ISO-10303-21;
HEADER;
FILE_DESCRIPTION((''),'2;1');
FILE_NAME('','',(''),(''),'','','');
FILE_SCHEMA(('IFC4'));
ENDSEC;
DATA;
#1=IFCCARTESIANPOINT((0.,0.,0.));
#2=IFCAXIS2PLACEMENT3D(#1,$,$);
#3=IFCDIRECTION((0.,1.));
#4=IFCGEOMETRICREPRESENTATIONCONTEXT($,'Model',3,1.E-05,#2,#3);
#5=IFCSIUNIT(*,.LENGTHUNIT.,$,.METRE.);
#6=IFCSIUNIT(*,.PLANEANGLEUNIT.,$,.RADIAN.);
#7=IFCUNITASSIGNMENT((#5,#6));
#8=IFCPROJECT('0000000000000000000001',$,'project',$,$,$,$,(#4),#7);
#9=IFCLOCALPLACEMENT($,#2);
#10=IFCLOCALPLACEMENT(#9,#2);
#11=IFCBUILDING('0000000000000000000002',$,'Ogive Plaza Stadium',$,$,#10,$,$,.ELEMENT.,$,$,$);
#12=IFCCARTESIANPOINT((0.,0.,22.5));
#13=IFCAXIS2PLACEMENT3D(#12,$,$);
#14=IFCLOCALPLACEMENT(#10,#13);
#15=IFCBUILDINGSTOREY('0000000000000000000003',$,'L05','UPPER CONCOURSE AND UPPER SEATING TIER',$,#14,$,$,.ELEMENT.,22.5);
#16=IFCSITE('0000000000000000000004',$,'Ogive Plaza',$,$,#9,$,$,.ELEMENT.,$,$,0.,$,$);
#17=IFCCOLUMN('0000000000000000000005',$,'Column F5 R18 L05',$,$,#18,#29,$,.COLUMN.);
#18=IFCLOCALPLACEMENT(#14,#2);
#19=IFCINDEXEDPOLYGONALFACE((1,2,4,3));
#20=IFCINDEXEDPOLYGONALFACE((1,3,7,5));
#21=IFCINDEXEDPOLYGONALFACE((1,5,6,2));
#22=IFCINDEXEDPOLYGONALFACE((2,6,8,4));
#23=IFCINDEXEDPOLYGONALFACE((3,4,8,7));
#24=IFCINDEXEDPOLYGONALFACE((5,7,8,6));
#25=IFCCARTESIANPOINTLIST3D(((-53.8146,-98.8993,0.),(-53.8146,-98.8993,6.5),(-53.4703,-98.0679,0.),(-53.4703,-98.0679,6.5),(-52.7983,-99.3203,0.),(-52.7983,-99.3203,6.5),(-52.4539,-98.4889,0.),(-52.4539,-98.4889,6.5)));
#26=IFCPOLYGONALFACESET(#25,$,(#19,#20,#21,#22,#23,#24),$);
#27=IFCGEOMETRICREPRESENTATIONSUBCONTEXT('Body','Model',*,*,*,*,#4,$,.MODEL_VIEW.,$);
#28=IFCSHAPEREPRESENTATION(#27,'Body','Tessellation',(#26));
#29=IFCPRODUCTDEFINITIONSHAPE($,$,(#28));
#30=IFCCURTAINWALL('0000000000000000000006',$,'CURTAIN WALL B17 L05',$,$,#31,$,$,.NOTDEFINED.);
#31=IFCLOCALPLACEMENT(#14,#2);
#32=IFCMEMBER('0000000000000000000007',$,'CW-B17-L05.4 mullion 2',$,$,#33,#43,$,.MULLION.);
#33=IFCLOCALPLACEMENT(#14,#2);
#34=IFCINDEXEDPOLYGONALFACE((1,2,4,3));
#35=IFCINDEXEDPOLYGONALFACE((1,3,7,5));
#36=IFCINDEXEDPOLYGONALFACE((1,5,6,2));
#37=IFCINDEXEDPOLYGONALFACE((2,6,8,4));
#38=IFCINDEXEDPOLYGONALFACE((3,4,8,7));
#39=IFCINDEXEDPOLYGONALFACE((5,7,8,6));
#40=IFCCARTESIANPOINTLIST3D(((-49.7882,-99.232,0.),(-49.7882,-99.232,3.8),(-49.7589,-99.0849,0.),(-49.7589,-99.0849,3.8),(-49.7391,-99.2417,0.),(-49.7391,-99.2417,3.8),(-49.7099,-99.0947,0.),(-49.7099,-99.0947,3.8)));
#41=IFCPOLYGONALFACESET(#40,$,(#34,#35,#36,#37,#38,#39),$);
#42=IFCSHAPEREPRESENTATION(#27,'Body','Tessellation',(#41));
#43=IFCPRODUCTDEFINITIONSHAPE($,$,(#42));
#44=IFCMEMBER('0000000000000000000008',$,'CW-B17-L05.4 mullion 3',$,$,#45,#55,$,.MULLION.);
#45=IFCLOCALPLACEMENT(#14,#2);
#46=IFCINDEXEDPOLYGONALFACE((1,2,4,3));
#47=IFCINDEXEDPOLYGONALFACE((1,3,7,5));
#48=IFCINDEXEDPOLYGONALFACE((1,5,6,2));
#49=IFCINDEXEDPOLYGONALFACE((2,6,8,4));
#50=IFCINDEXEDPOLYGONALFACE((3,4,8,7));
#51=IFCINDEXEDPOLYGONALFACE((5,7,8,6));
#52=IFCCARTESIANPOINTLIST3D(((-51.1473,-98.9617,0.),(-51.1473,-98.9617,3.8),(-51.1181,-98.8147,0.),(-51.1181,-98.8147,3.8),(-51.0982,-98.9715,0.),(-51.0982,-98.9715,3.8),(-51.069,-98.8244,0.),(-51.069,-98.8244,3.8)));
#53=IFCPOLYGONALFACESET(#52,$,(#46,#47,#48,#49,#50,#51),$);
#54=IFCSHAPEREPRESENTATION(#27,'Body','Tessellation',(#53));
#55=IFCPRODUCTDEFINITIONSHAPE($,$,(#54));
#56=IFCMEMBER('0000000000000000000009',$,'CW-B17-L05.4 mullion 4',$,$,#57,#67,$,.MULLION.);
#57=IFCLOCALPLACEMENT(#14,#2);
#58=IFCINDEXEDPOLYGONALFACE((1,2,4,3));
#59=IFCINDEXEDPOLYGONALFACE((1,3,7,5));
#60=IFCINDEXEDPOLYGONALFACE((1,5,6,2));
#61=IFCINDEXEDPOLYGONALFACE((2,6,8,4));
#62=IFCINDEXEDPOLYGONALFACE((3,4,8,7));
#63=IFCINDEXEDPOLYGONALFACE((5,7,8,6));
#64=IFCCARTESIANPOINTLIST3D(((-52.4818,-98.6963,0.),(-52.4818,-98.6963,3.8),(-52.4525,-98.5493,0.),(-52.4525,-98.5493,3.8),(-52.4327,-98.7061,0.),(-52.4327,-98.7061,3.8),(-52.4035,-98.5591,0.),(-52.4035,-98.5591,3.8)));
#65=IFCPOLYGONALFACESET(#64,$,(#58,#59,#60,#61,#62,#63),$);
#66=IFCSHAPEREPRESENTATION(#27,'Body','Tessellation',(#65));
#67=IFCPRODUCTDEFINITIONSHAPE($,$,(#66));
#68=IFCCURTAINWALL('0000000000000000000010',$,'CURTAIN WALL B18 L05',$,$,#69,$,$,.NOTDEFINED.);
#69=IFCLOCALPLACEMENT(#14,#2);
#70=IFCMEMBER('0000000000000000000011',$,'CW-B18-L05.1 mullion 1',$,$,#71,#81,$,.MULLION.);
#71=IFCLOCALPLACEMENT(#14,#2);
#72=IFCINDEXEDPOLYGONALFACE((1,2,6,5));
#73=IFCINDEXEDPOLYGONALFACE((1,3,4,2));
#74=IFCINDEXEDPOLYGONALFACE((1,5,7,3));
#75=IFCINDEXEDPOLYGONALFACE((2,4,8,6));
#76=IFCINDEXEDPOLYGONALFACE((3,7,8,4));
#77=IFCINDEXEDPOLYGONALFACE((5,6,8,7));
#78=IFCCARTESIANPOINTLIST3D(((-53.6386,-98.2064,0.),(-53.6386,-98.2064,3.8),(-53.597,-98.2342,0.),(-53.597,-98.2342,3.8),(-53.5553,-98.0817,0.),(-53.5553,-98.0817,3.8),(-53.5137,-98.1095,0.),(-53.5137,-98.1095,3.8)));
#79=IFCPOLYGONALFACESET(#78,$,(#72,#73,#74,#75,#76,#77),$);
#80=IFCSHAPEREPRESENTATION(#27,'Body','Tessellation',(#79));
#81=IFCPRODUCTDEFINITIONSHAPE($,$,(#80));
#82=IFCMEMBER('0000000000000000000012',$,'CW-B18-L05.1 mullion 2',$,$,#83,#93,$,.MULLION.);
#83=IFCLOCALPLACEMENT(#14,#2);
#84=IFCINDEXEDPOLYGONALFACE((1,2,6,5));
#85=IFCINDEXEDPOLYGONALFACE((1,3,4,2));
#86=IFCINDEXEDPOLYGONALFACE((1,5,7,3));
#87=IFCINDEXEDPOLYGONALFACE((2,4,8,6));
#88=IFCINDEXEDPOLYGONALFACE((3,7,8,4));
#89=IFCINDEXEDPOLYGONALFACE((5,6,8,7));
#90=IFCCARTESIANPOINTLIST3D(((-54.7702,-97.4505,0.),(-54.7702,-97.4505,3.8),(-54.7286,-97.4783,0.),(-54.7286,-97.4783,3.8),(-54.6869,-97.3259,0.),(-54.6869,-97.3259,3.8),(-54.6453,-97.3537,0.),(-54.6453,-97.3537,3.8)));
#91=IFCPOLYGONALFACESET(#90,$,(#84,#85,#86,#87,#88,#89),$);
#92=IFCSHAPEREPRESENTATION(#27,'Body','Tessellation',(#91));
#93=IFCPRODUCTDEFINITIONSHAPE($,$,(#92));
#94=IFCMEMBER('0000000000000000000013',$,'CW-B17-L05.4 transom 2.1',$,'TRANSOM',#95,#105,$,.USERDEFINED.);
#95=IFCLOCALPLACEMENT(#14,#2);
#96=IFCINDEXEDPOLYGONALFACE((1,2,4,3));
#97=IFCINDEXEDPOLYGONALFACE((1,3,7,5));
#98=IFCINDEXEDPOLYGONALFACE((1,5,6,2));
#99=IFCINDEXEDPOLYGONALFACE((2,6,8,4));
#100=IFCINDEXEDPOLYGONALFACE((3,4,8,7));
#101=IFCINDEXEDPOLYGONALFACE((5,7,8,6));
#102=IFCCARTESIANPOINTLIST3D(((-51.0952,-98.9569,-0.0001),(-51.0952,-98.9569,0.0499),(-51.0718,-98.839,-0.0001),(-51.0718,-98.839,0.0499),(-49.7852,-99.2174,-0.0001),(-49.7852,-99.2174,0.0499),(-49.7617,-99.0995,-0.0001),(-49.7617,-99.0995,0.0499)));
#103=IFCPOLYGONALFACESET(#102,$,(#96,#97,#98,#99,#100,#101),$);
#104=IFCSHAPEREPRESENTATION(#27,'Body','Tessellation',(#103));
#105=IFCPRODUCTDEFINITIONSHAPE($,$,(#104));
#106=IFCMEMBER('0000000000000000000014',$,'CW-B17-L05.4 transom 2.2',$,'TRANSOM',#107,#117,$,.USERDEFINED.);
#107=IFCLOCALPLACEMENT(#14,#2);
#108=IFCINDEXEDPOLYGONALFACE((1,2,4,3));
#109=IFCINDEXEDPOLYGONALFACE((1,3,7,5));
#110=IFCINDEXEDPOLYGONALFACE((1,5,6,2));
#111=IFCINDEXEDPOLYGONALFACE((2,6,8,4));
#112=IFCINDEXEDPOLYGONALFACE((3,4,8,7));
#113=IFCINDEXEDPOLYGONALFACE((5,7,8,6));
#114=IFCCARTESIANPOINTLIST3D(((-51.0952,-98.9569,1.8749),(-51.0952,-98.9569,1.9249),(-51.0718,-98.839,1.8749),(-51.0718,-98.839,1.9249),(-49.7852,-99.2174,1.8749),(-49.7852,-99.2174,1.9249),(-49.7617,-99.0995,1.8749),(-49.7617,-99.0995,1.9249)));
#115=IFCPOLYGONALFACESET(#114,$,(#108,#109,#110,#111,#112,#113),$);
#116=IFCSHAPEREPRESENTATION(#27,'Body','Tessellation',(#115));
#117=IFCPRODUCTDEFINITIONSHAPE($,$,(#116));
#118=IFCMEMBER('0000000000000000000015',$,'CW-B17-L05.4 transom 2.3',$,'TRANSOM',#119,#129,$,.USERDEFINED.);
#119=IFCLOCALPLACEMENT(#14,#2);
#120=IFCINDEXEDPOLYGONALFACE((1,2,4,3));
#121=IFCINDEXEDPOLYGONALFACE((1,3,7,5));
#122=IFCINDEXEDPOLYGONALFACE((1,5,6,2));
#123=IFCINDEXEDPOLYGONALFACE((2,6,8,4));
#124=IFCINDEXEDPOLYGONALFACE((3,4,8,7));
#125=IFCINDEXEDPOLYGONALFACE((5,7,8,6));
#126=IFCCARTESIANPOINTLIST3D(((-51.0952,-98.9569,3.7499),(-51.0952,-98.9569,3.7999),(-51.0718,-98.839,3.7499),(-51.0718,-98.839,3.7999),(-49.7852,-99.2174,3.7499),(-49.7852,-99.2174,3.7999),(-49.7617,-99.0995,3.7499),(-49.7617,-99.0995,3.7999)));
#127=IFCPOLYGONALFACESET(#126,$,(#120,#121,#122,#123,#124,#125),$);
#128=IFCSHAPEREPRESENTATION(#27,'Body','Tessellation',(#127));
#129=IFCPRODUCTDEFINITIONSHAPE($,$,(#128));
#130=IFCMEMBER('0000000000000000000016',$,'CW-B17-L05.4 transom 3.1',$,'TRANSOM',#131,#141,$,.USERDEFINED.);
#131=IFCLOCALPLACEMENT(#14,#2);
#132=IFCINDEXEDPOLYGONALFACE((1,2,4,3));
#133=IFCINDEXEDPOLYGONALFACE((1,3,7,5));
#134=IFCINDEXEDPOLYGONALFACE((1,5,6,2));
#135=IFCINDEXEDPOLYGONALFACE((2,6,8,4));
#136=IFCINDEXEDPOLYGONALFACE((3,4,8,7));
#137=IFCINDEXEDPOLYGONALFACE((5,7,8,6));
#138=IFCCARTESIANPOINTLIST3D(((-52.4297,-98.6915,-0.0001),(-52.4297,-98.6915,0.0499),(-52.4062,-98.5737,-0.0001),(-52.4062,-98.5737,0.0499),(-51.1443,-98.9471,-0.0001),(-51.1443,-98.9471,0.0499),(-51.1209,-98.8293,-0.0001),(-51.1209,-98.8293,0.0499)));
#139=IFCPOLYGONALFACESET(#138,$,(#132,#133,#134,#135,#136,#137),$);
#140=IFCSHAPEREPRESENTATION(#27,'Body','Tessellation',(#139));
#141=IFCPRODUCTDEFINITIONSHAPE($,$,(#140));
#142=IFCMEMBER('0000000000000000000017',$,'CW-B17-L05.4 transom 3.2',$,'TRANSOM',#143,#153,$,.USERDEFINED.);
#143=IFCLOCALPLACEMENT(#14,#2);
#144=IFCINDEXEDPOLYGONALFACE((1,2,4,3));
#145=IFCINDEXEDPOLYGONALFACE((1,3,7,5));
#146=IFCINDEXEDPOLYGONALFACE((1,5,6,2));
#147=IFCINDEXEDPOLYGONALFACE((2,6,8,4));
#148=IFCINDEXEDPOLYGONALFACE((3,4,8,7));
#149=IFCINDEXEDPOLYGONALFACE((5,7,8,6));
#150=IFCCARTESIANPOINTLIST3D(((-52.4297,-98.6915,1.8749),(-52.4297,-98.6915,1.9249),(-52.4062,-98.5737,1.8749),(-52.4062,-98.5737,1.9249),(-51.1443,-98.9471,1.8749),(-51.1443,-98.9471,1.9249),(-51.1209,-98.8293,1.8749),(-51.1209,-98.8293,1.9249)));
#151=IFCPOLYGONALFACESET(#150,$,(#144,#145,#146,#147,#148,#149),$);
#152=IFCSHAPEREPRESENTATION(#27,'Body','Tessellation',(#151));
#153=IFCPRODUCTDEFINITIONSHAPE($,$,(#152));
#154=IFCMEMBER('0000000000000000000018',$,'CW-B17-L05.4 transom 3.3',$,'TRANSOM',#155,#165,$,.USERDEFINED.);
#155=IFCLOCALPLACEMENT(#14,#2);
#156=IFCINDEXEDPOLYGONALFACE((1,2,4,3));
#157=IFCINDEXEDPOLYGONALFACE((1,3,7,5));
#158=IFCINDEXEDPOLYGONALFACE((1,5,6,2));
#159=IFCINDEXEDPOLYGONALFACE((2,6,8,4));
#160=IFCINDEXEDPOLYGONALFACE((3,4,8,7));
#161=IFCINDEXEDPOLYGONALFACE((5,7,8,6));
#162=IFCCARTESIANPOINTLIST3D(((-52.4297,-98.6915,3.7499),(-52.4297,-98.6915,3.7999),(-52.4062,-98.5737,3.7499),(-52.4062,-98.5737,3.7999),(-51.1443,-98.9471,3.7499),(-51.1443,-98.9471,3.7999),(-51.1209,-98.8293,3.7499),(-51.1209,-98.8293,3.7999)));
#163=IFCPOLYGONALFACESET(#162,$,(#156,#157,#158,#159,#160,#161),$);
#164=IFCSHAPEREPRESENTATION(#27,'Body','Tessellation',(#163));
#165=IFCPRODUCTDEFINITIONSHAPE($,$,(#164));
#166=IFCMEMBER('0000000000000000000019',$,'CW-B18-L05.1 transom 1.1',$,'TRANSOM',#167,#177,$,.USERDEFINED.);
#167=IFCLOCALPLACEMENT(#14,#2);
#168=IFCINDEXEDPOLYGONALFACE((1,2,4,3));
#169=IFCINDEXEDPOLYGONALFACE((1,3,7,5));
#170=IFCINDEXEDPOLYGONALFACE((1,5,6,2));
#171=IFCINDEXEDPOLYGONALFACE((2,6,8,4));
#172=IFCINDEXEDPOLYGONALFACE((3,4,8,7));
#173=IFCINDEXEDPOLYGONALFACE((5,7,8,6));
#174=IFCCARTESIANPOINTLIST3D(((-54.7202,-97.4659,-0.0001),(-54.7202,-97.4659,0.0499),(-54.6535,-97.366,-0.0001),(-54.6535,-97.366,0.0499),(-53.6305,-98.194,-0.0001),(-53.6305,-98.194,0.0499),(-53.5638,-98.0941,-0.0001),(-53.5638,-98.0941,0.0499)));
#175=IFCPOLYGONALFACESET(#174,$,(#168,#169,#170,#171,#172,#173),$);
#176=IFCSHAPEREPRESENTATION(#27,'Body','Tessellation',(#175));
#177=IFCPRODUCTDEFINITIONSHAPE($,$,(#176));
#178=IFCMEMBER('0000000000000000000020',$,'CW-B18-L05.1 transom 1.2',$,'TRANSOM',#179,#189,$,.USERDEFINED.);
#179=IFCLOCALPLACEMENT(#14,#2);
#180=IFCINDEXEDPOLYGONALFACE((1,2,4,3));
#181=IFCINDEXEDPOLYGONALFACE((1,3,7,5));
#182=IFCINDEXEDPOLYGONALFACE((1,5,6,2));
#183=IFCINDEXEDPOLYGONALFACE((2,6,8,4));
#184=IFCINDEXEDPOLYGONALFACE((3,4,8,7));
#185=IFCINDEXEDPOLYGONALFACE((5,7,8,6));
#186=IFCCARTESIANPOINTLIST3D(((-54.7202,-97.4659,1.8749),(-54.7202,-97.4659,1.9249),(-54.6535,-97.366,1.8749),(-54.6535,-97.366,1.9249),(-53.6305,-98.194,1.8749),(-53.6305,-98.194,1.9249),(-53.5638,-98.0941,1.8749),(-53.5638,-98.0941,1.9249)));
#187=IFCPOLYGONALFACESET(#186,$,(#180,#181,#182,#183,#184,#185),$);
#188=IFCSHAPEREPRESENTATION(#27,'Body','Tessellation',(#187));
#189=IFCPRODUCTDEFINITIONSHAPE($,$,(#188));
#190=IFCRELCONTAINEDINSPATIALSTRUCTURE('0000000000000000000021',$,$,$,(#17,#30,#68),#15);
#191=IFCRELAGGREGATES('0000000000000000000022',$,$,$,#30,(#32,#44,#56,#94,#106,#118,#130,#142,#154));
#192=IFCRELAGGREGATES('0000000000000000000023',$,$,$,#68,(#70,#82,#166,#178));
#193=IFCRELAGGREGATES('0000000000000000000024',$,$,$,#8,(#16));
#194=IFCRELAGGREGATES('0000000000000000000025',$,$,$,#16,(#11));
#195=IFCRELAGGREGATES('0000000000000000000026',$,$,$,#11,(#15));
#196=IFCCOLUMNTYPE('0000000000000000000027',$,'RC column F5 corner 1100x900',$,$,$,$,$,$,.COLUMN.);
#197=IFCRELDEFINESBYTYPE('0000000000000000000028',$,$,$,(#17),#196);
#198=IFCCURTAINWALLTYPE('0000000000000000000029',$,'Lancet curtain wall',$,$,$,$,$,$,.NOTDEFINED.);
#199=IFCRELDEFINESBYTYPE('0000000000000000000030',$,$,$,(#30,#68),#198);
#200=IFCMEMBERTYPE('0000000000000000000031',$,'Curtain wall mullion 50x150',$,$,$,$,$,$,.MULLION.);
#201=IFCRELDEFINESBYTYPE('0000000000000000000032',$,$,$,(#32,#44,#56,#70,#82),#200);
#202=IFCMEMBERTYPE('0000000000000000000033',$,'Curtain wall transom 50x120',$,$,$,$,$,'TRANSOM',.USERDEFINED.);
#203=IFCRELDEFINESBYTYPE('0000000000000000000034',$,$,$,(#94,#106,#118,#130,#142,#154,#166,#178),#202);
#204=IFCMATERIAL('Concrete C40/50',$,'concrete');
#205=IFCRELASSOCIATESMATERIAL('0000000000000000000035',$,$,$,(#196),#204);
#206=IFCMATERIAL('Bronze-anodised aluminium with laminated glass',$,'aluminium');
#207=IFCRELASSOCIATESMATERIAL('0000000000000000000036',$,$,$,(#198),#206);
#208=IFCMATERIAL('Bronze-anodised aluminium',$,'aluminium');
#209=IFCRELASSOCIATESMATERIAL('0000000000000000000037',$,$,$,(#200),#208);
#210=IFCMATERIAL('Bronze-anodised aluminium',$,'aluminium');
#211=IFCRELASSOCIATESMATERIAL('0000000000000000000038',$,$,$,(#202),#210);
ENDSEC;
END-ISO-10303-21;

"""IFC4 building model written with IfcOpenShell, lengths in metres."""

from ifc_helpers import new_model, si_unit, direction, frame, origin, origin_2d, place, context, subcontext, project, spatial, rectangle, extrude, material, material_profile, profile_set, type_object, element, aggregate, save


model = new_model("IFC4")

# Units and contexts
model_context = context("Model", 3, precision=1e-05, world=origin(), true_north=direction((0.0, 1.0)))
body_context = subcontext(model_context, "Body", "Model", "MODEL_VIEW")
ifc_project = project(units=[si_unit("LENGTHUNIT", "METRE"), si_unit("PLANEANGLEUNIT", "RADIAN")], contexts=[model_context])

# Site, building, storey
site_placement = place(None, origin())
site = spatial("IfcSite", under=ifc_project, at=site_placement, Name="Ogive Plaza", CompositionType="ELEMENT", RefElevation=0.0)
building_placement = place(site_placement, origin())
building = spatial("IfcBuilding", under=site, at=building_placement, Name="Ogive Plaza Stadium", CompositionType="ELEMENT")
storey_placement = place(building_placement, frame((0.0, 0.0, 22.5)))
storey = spatial("IfcBuildingStorey", under=building, at=storey_placement, Name="L05", Description="UPPER CONCOURSE AND UPPER SEATING TIER", CompositionType="ELEMENT", Elevation=22.5)

# Column
ifc_material_1 = material(Name="Concrete C40/50", Category="concrete")
ifc_material_profile_1 = material_profile(ifc_material_1, rectangle(XDim=1.1001, YDim=0.8999, at=origin_2d()), Name="RC 1100x900")
ifc_profile_set_1 = profile_set([ifc_material_profile_1], Name="Concrete C40/50")
column_type = type_object("IfcColumnType", Name="RC column F5 corner 1100x900", PredefinedType="COLUMN", material=ifc_profile_set_1)
column_placement = place(storey_placement, frame((-53.1343, -98.6941, 0.0), z_axis=(0.0, 0.0, 1.0), x_axis=(0.92388, -0.382683, 0.0)))
element("IfcColumn", 1, at=column_placement, inside=storey, type_object=column_type, Name="Column F5 R18 L05", PredefinedType="COLUMN", context=body_context, shape_type="SweptSolid", body=[
    extrude(rectangle(XDim=1.1001, YDim=0.8999, at=origin_2d()), origin(), (0.0, 0.0, 1.0), 6.5),
])

# Curtain walls, members
ifc_material_2 = material(Name="Bronze-anodised aluminium with laminated glass", Category="aluminium")
curtain_wall_type = type_object("IfcCurtainWallType", Name="Lancet curtain wall", PredefinedType="NOTDEFINED", material=ifc_material_2)
curtain_wall_1_placement = place(storey_placement, origin())
curtain_wall_1 = element("IfcCurtainWall", 2, at=curtain_wall_1_placement, inside=storey, type_object=curtain_wall_type, Name="CURTAIN WALL B17 L05", PredefinedType="NOTDEFINED")
ifc_material_3 = material(Name="Bronze-anodised aluminium", Category="aluminium")
ifc_material_profile_2 = material_profile(ifc_material_3, rectangle(XDim=0.1499, YDim=0.05, at=origin_2d()), Name="AL 150x50")
ifc_profile_set_2 = profile_set([ifc_material_profile_2], Name="Bronze-anodised aluminium")
member_type_1 = type_object("IfcMemberType", Name="Curtain wall mullion 50x150", PredefinedType="MULLION", material=ifc_profile_set_2)
member_1_placement = place(storey_placement, frame((-49.749, -99.1633, 0.0), z_axis=(0.0, 0.0, 1.0), x_axis=(-0.19509, -0.980785, 0.0)))
member_1 = element("IfcMember", 3, at=member_1_placement, type_object=member_type_1, Name="CW-B17-L05.4 mullion 2", PredefinedType="MULLION", context=body_context, shape_type="SweptSolid", body=[
    extrude(rectangle(XDim=0.1499, YDim=0.05, at=origin_2d()), origin(), (0.0, 0.0, 1.0), 3.8),
])
member_2_placement = place(storey_placement, frame((-51.1082, -98.8931, 0.0), z_axis=(0.0, 0.0, 1.0), x_axis=(-0.19509, -0.980785, 0.0)))
member_2 = element("IfcMember", 4, at=member_2_placement, type_object=member_type_1, Name="CW-B17-L05.4 mullion 3", PredefinedType="MULLION", context=body_context, shape_type="SweptSolid", body=[
    extrude(rectangle(XDim=0.1499, YDim=0.05, at=origin_2d()), origin(), (0.0, 0.0, 1.0), 3.8),
])
member_3_placement = place(storey_placement, frame((-52.4426, -98.6277, 0.0), z_axis=(0.0, 0.0, 1.0), x_axis=(-0.19509, -0.980785, 0.0)))
member_3 = element("IfcMember", 5, at=member_3_placement, type_object=member_type_1, Name="CW-B17-L05.4 mullion 4", PredefinedType="MULLION", context=body_context, shape_type="SweptSolid", body=[
    extrude(rectangle(XDim=0.1499, YDim=0.05, at=origin_2d()), origin(), (0.0, 0.0, 1.0), 3.8),
])
curtain_wall_2_placement = place(storey_placement, origin())
curtain_wall_2 = element("IfcCurtainWall", 6, at=curtain_wall_2_placement, inside=storey, type_object=curtain_wall_type, Name="CURTAIN WALL B18 L05", PredefinedType="NOTDEFINED")
member_4_placement = place(storey_placement, frame((-53.5762, -98.158, 0.0), z_axis=(0.0, 0.0, 1.0), x_axis=(-0.55557, -0.83147, 0.0)))
member_4 = element("IfcMember", 7, at=member_4_placement, type_object=member_type_1, Name="CW-B18-L05.1 mullion 1", PredefinedType="MULLION", context=body_context, shape_type="SweptSolid", body=[
    extrude(rectangle(XDim=0.1499, YDim=0.05, at=origin_2d()), origin(), (0.0, 0.0, 1.0), 3.8),
])
member_5_placement = place(storey_placement, frame((-54.7078, -97.4021, 0.0), z_axis=(0.0, 0.0, 1.0), x_axis=(-0.55557, -0.83147, 0.0)))
member_5 = element("IfcMember", 8, at=member_5_placement, type_object=member_type_1, Name="CW-B18-L05.1 mullion 2", PredefinedType="MULLION", context=body_context, shape_type="SweptSolid", body=[
    extrude(rectangle(XDim=0.1499, YDim=0.05, at=origin_2d()), origin(), (0.0, 0.0, 1.0), 3.8),
])

# Members
ifc_material_4 = material(Name="Bronze-anodised aluminium", Category="aluminium")
ifc_material_profile_3 = material_profile(ifc_material_4, rectangle(XDim=0.1201, YDim=0.05, at=origin_2d()), Name="AL 120x50")
ifc_profile_set_3 = profile_set([ifc_material_profile_3], Name="Bronze-anodised aluminium")
member_type_2 = type_object("IfcMemberType", Name="Curtain wall transom 50x120", ElementType="TRANSOM", PredefinedType="USERDEFINED", material=ifc_profile_set_3)
member_6_placement = place(storey_placement, frame((-49.7734, -99.1584, 0.0249), z_axis=(-0.980798, 0.195026, 0.0), x_axis=(-0.195026, -0.980798, 0.0)))
member_6 = element("IfcMember", 9, at=member_6_placement, type_object=member_type_2, Name="CW-B17-L05.4 transom 2.1", ObjectType="TRANSOM", PredefinedType="USERDEFINED", context=body_context, shape_type="SweptSolid", body=[
    extrude(rectangle(XDim=0.1201, YDim=0.05, at=origin_2d()), origin(), (0.0, 0.0, 1.0), 1.3357),
])
member_7_placement = place(storey_placement, frame((-49.7734, -99.1584, 1.8999), z_axis=(-0.980798, 0.195026, 0.0), x_axis=(-0.195026, -0.980798, 0.0)))
member_7 = element("IfcMember", 10, at=member_7_placement, type_object=member_type_2, Name="CW-B17-L05.4 transom 2.2", ObjectType="TRANSOM", PredefinedType="USERDEFINED", context=body_context, shape_type="SweptSolid", body=[
    extrude(rectangle(XDim=0.1201, YDim=0.05, at=origin_2d()), origin(), (0.0, 0.0, 1.0), 1.3357),
])
member_8_placement = place(storey_placement, frame((-49.7734, -99.1584, 3.7749), z_axis=(-0.980798, 0.195026, 0.0), x_axis=(-0.195026, -0.980798, 0.0)))
member_8 = element("IfcMember", 11, at=member_8_placement, type_object=member_type_2, Name="CW-B17-L05.4 transom 2.3", ObjectType="TRANSOM", PredefinedType="USERDEFINED", context=body_context, shape_type="SweptSolid", body=[
    extrude(rectangle(XDim=0.1201, YDim=0.05, at=origin_2d()), origin(), (0.0, 0.0, 1.0), 1.3357),
])
member_9_placement = place(storey_placement, frame((-51.1326, -98.8882, 0.0249), z_axis=(-0.980795, 0.195041, 0.0), x_axis=(-0.195041, -0.980795, 0.0)))
member_9 = element("IfcMember", 12, at=member_9_placement, type_object=member_type_2, Name="CW-B17-L05.4 transom 3.1", ObjectType="TRANSOM", PredefinedType="USERDEFINED", context=body_context, shape_type="SweptSolid", body=[
    extrude(rectangle(XDim=0.1201, YDim=0.05, at=origin_2d()), origin(), (0.0, 0.0, 1.0), 1.3105),
])
member_10_placement = place(storey_placement, frame((-51.1326, -98.8882, 1.8999), z_axis=(-0.980795, 0.195041, 0.0), x_axis=(-0.195041, -0.980795, 0.0)))
member_10 = element("IfcMember", 13, at=member_10_placement, type_object=member_type_2, Name="CW-B17-L05.4 transom 3.2", ObjectType="TRANSOM", PredefinedType="USERDEFINED", context=body_context, shape_type="SweptSolid", body=[
    extrude(rectangle(XDim=0.1201, YDim=0.05, at=origin_2d()), origin(), (0.0, 0.0, 1.0), 1.3105),
])
member_11_placement = place(storey_placement, frame((-51.1326, -98.8882, 3.7749), z_axis=(-0.980795, 0.195041, 0.0), x_axis=(-0.195041, -0.980795, 0.0)))
member_11 = element("IfcMember", 14, at=member_11_placement, type_object=member_type_2, Name="CW-B17-L05.4 transom 3.3", ObjectType="TRANSOM", PredefinedType="USERDEFINED", context=body_context, shape_type="SweptSolid", body=[
    extrude(rectangle(XDim=0.1201, YDim=0.05, at=origin_2d()), origin(), (0.0, 0.0, 1.0), 1.3105),
])
member_12_placement = place(storey_placement, frame((-53.5972, -98.144, 0.0249), z_axis=(-0.831477, 0.55556, 0.0), x_axis=(-0.55556, -0.831477, 0.0)))
member_12 = element("IfcMember", 15, at=member_12_placement, type_object=member_type_2, Name="CW-B18-L05.1 transom 1.1", ObjectType="TRANSOM", PredefinedType="USERDEFINED", context=body_context, shape_type="SweptSolid", body=[
    extrude(rectangle(XDim=0.1201, YDim=0.05, at=origin_2d()), origin(), (0.0, 0.0, 1.0), 1.3105),
])
member_13_placement = place(storey_placement, frame((-53.5972, -98.144, 1.8999), z_axis=(-0.831477, 0.55556, 0.0), x_axis=(-0.55556, -0.831477, 0.0)))
member_13 = element("IfcMember", 16, at=member_13_placement, type_object=member_type_2, Name="CW-B18-L05.1 transom 1.2", ObjectType="TRANSOM", PredefinedType="USERDEFINED", context=body_context, shape_type="SweptSolid", body=[
    extrude(rectangle(XDim=0.1201, YDim=0.05, at=origin_2d()), origin(), (0.0, 0.0, 1.0), 1.3105),
])

aggregate(curtain_wall_1, [member_1, member_2, member_3, member_6, member_7, member_8, member_9, member_10, member_11])
aggregate(curtain_wall_2, [member_4, member_5, member_12, member_13])

save(model, "model.ifc")
